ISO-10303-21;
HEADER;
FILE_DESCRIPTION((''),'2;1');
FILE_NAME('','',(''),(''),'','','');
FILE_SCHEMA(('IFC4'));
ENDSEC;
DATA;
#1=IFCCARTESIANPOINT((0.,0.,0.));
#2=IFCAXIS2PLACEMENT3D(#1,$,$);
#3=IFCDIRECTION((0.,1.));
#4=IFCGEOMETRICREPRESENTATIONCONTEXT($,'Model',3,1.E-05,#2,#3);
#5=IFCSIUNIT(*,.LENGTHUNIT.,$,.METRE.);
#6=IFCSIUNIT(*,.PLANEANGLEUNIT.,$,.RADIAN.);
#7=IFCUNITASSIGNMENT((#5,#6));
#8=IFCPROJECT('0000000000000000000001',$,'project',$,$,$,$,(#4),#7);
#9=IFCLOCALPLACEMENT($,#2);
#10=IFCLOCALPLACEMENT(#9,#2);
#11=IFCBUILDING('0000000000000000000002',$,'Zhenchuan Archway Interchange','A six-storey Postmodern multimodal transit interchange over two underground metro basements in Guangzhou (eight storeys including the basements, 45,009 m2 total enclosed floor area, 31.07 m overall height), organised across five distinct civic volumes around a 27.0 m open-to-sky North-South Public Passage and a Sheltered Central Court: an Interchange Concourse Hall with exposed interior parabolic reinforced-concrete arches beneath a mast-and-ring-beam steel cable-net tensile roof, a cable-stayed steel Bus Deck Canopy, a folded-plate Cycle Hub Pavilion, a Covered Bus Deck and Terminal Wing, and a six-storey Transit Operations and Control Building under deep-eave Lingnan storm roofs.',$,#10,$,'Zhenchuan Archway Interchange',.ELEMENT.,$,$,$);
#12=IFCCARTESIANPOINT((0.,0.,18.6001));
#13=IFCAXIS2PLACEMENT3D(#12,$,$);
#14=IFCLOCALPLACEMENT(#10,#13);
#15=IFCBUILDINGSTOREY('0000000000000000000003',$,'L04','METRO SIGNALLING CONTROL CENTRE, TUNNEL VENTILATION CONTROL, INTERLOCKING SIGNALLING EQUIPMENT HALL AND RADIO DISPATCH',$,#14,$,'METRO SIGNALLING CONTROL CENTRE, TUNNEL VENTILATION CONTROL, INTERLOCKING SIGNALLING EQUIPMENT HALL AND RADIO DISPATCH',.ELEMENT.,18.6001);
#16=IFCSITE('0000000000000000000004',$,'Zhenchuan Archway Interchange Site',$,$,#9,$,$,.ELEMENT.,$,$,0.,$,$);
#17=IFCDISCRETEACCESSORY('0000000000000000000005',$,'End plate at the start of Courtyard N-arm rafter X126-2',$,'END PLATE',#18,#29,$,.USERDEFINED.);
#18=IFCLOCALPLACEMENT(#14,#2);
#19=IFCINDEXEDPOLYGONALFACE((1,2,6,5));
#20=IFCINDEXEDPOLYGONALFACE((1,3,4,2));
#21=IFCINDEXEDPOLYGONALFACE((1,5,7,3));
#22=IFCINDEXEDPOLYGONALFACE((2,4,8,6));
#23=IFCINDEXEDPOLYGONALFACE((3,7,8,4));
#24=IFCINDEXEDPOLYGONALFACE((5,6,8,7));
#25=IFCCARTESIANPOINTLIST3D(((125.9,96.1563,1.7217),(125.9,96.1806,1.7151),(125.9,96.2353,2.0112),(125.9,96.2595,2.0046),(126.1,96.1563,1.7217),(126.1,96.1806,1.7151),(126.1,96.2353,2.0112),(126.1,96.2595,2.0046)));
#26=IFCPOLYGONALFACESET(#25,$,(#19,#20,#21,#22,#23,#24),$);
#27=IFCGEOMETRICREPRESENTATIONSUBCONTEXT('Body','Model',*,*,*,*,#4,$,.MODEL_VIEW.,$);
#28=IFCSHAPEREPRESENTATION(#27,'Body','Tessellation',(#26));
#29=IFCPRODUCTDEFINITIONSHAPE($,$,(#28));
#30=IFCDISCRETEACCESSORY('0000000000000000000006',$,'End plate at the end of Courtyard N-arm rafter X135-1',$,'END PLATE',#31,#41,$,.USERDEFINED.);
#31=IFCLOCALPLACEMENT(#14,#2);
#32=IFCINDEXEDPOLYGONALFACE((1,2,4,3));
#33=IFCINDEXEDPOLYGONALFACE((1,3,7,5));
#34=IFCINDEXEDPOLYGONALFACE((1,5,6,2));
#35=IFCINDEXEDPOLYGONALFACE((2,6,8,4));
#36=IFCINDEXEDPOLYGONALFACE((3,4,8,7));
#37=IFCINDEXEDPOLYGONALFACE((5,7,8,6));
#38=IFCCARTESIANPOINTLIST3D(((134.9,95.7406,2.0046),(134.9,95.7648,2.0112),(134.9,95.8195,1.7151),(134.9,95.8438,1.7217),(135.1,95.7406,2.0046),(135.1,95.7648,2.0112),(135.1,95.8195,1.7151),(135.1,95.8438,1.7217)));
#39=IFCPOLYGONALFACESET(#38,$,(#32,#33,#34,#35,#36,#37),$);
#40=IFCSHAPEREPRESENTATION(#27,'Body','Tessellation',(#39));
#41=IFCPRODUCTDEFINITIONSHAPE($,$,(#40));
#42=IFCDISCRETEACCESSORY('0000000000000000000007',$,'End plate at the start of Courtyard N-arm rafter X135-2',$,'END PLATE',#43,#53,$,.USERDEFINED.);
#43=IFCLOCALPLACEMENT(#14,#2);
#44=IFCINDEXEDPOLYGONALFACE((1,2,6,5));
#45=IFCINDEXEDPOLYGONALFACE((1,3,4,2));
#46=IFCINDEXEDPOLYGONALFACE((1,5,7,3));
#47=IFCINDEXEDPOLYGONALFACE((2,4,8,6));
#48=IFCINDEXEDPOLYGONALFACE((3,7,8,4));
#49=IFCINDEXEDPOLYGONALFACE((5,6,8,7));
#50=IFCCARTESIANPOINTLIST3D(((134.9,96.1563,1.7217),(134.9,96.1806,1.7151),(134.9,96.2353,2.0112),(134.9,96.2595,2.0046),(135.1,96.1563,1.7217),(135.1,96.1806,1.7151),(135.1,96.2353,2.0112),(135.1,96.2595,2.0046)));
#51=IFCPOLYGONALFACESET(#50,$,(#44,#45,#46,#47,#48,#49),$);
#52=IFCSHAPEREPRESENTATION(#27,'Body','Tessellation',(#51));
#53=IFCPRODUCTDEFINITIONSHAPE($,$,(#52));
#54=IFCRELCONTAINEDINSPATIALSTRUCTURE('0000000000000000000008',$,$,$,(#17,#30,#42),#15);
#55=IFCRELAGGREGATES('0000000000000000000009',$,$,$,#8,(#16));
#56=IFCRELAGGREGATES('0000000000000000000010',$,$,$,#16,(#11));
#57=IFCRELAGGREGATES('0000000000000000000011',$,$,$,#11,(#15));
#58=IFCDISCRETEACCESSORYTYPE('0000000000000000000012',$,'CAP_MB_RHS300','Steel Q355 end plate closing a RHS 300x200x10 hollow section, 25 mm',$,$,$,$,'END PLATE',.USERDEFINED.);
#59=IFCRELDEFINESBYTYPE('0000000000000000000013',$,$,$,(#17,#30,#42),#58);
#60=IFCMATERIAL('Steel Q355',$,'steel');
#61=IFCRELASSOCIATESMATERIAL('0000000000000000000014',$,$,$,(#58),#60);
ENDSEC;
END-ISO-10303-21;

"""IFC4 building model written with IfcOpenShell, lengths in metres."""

from ifc_helpers import new_model, si_unit, direction, frame, origin, origin_2d, place, context, subcontext, project, spatial, rectangle, extrude, material, type_object, element, save


model = new_model("IFC4")

# Units and contexts
model_context = context("Model", 3, precision=1e-05, world=origin(), true_north=direction((0.0, 1.0)))
body_context = subcontext(model_context, "Body", "Model", "MODEL_VIEW")
ifc_project = project(units=[si_unit("LENGTHUNIT", "METRE"), si_unit("PLANEANGLEUNIT", "RADIAN")], contexts=[model_context])

# Site, building, storey
site_placement = place(None, origin())
site = spatial("IfcSite", under=ifc_project, at=site_placement, Name="Zhenchuan Archway Interchange Site", CompositionType="ELEMENT", RefElevation=0.0)
building_placement = place(site_placement, origin())
building = spatial("IfcBuilding", under=site, at=building_placement, Name="Zhenchuan Archway Interchange", Description="A six-storey Postmodern multimodal transit interchange over two underground metro basements in Guangzhou (eight storeys including the basements, 45,009 m2 total enclosed floor area, 31.07 m overall height), organised across five distinct civic volumes around a 27.0 m open-to-sky North-South Public Passage and a Sheltered Central Court: an Interchange Concourse Hall with exposed interior parabolic reinforced-concrete arches beneath a mast-and-ring-beam steel cable-net tensile roof, a cable-stayed steel Bus Deck Canopy, a folded-plate Cycle Hub Pavilion, a Covered Bus Deck and Terminal Wing, and a six-storey Transit Operations and Control Building under deep-eave Lingnan storm roofs.", LongName="Zhenchuan Archway Interchange", CompositionType="ELEMENT")
storey_placement = place(building_placement, frame((0.0, 0.0, 18.6001)))
storey = spatial("IfcBuildingStorey", under=building, at=storey_placement, Name="L04", Description="METRO SIGNALLING CONTROL CENTRE, TUNNEL VENTILATION CONTROL, INTERLOCKING SIGNALLING EQUIPMENT HALL AND RADIO DISPATCH", LongName="METRO SIGNALLING CONTROL CENTRE, TUNNEL VENTILATION CONTROL, INTERLOCKING SIGNALLING EQUIPMENT HALL AND RADIO DISPATCH", CompositionType="ELEMENT", Elevation=18.6001)

# Shared definitions
ifc_material_1 = material(Name="Steel Q355", Category="steel")

# Discrete accessories
discrete_accessory_type = type_object("IfcDiscreteAccessoryType", Name="CAP_MB_RHS300", Description="Steel Q355 end plate closing a RHS 300x200x10 hollow section, 25 mm", ElementType="END PLATE", PredefinedType="USERDEFINED", material=ifc_material_1)
for number, where, z_axis, x_axis, name in (
    (1, (126.0, 96.1958, 1.8665), (0.0, 0.964764, -0.263117), (-1.0, 0.0, 0.0), "End plate at the start of Courtyard N-arm rafter X126-2"),
    (2, (135.0, 95.78, 1.8599), (0.0, 0.964764, 0.263117), (-1.0, 0.0, 0.0), "End plate at the end of Courtyard N-arm rafter X135-1"),
    (3, (135.0, 96.1958, 1.8665), (0.0, 0.964764, -0.263117), (-1.0, 0.0, 0.0), "End plate at the start of Courtyard N-arm rafter X135-2"),
):
    element("IfcDiscreteAccessory", number, at=place(storey_placement, frame(where, z_axis=z_axis, x_axis=x_axis)), inside=storey, type_object=discrete_accessory_type, Name=name, ObjectType="END PLATE", PredefinedType="USERDEFINED", context=body_context, shape_type="SweptSolid", body=[
        extrude(rectangle(XDim=0.2, YDim=0.3, at=origin_2d()), origin(), (0.0, 0.0, 1.0), 0.0251),
    ])

save(model, "model.ifc")
